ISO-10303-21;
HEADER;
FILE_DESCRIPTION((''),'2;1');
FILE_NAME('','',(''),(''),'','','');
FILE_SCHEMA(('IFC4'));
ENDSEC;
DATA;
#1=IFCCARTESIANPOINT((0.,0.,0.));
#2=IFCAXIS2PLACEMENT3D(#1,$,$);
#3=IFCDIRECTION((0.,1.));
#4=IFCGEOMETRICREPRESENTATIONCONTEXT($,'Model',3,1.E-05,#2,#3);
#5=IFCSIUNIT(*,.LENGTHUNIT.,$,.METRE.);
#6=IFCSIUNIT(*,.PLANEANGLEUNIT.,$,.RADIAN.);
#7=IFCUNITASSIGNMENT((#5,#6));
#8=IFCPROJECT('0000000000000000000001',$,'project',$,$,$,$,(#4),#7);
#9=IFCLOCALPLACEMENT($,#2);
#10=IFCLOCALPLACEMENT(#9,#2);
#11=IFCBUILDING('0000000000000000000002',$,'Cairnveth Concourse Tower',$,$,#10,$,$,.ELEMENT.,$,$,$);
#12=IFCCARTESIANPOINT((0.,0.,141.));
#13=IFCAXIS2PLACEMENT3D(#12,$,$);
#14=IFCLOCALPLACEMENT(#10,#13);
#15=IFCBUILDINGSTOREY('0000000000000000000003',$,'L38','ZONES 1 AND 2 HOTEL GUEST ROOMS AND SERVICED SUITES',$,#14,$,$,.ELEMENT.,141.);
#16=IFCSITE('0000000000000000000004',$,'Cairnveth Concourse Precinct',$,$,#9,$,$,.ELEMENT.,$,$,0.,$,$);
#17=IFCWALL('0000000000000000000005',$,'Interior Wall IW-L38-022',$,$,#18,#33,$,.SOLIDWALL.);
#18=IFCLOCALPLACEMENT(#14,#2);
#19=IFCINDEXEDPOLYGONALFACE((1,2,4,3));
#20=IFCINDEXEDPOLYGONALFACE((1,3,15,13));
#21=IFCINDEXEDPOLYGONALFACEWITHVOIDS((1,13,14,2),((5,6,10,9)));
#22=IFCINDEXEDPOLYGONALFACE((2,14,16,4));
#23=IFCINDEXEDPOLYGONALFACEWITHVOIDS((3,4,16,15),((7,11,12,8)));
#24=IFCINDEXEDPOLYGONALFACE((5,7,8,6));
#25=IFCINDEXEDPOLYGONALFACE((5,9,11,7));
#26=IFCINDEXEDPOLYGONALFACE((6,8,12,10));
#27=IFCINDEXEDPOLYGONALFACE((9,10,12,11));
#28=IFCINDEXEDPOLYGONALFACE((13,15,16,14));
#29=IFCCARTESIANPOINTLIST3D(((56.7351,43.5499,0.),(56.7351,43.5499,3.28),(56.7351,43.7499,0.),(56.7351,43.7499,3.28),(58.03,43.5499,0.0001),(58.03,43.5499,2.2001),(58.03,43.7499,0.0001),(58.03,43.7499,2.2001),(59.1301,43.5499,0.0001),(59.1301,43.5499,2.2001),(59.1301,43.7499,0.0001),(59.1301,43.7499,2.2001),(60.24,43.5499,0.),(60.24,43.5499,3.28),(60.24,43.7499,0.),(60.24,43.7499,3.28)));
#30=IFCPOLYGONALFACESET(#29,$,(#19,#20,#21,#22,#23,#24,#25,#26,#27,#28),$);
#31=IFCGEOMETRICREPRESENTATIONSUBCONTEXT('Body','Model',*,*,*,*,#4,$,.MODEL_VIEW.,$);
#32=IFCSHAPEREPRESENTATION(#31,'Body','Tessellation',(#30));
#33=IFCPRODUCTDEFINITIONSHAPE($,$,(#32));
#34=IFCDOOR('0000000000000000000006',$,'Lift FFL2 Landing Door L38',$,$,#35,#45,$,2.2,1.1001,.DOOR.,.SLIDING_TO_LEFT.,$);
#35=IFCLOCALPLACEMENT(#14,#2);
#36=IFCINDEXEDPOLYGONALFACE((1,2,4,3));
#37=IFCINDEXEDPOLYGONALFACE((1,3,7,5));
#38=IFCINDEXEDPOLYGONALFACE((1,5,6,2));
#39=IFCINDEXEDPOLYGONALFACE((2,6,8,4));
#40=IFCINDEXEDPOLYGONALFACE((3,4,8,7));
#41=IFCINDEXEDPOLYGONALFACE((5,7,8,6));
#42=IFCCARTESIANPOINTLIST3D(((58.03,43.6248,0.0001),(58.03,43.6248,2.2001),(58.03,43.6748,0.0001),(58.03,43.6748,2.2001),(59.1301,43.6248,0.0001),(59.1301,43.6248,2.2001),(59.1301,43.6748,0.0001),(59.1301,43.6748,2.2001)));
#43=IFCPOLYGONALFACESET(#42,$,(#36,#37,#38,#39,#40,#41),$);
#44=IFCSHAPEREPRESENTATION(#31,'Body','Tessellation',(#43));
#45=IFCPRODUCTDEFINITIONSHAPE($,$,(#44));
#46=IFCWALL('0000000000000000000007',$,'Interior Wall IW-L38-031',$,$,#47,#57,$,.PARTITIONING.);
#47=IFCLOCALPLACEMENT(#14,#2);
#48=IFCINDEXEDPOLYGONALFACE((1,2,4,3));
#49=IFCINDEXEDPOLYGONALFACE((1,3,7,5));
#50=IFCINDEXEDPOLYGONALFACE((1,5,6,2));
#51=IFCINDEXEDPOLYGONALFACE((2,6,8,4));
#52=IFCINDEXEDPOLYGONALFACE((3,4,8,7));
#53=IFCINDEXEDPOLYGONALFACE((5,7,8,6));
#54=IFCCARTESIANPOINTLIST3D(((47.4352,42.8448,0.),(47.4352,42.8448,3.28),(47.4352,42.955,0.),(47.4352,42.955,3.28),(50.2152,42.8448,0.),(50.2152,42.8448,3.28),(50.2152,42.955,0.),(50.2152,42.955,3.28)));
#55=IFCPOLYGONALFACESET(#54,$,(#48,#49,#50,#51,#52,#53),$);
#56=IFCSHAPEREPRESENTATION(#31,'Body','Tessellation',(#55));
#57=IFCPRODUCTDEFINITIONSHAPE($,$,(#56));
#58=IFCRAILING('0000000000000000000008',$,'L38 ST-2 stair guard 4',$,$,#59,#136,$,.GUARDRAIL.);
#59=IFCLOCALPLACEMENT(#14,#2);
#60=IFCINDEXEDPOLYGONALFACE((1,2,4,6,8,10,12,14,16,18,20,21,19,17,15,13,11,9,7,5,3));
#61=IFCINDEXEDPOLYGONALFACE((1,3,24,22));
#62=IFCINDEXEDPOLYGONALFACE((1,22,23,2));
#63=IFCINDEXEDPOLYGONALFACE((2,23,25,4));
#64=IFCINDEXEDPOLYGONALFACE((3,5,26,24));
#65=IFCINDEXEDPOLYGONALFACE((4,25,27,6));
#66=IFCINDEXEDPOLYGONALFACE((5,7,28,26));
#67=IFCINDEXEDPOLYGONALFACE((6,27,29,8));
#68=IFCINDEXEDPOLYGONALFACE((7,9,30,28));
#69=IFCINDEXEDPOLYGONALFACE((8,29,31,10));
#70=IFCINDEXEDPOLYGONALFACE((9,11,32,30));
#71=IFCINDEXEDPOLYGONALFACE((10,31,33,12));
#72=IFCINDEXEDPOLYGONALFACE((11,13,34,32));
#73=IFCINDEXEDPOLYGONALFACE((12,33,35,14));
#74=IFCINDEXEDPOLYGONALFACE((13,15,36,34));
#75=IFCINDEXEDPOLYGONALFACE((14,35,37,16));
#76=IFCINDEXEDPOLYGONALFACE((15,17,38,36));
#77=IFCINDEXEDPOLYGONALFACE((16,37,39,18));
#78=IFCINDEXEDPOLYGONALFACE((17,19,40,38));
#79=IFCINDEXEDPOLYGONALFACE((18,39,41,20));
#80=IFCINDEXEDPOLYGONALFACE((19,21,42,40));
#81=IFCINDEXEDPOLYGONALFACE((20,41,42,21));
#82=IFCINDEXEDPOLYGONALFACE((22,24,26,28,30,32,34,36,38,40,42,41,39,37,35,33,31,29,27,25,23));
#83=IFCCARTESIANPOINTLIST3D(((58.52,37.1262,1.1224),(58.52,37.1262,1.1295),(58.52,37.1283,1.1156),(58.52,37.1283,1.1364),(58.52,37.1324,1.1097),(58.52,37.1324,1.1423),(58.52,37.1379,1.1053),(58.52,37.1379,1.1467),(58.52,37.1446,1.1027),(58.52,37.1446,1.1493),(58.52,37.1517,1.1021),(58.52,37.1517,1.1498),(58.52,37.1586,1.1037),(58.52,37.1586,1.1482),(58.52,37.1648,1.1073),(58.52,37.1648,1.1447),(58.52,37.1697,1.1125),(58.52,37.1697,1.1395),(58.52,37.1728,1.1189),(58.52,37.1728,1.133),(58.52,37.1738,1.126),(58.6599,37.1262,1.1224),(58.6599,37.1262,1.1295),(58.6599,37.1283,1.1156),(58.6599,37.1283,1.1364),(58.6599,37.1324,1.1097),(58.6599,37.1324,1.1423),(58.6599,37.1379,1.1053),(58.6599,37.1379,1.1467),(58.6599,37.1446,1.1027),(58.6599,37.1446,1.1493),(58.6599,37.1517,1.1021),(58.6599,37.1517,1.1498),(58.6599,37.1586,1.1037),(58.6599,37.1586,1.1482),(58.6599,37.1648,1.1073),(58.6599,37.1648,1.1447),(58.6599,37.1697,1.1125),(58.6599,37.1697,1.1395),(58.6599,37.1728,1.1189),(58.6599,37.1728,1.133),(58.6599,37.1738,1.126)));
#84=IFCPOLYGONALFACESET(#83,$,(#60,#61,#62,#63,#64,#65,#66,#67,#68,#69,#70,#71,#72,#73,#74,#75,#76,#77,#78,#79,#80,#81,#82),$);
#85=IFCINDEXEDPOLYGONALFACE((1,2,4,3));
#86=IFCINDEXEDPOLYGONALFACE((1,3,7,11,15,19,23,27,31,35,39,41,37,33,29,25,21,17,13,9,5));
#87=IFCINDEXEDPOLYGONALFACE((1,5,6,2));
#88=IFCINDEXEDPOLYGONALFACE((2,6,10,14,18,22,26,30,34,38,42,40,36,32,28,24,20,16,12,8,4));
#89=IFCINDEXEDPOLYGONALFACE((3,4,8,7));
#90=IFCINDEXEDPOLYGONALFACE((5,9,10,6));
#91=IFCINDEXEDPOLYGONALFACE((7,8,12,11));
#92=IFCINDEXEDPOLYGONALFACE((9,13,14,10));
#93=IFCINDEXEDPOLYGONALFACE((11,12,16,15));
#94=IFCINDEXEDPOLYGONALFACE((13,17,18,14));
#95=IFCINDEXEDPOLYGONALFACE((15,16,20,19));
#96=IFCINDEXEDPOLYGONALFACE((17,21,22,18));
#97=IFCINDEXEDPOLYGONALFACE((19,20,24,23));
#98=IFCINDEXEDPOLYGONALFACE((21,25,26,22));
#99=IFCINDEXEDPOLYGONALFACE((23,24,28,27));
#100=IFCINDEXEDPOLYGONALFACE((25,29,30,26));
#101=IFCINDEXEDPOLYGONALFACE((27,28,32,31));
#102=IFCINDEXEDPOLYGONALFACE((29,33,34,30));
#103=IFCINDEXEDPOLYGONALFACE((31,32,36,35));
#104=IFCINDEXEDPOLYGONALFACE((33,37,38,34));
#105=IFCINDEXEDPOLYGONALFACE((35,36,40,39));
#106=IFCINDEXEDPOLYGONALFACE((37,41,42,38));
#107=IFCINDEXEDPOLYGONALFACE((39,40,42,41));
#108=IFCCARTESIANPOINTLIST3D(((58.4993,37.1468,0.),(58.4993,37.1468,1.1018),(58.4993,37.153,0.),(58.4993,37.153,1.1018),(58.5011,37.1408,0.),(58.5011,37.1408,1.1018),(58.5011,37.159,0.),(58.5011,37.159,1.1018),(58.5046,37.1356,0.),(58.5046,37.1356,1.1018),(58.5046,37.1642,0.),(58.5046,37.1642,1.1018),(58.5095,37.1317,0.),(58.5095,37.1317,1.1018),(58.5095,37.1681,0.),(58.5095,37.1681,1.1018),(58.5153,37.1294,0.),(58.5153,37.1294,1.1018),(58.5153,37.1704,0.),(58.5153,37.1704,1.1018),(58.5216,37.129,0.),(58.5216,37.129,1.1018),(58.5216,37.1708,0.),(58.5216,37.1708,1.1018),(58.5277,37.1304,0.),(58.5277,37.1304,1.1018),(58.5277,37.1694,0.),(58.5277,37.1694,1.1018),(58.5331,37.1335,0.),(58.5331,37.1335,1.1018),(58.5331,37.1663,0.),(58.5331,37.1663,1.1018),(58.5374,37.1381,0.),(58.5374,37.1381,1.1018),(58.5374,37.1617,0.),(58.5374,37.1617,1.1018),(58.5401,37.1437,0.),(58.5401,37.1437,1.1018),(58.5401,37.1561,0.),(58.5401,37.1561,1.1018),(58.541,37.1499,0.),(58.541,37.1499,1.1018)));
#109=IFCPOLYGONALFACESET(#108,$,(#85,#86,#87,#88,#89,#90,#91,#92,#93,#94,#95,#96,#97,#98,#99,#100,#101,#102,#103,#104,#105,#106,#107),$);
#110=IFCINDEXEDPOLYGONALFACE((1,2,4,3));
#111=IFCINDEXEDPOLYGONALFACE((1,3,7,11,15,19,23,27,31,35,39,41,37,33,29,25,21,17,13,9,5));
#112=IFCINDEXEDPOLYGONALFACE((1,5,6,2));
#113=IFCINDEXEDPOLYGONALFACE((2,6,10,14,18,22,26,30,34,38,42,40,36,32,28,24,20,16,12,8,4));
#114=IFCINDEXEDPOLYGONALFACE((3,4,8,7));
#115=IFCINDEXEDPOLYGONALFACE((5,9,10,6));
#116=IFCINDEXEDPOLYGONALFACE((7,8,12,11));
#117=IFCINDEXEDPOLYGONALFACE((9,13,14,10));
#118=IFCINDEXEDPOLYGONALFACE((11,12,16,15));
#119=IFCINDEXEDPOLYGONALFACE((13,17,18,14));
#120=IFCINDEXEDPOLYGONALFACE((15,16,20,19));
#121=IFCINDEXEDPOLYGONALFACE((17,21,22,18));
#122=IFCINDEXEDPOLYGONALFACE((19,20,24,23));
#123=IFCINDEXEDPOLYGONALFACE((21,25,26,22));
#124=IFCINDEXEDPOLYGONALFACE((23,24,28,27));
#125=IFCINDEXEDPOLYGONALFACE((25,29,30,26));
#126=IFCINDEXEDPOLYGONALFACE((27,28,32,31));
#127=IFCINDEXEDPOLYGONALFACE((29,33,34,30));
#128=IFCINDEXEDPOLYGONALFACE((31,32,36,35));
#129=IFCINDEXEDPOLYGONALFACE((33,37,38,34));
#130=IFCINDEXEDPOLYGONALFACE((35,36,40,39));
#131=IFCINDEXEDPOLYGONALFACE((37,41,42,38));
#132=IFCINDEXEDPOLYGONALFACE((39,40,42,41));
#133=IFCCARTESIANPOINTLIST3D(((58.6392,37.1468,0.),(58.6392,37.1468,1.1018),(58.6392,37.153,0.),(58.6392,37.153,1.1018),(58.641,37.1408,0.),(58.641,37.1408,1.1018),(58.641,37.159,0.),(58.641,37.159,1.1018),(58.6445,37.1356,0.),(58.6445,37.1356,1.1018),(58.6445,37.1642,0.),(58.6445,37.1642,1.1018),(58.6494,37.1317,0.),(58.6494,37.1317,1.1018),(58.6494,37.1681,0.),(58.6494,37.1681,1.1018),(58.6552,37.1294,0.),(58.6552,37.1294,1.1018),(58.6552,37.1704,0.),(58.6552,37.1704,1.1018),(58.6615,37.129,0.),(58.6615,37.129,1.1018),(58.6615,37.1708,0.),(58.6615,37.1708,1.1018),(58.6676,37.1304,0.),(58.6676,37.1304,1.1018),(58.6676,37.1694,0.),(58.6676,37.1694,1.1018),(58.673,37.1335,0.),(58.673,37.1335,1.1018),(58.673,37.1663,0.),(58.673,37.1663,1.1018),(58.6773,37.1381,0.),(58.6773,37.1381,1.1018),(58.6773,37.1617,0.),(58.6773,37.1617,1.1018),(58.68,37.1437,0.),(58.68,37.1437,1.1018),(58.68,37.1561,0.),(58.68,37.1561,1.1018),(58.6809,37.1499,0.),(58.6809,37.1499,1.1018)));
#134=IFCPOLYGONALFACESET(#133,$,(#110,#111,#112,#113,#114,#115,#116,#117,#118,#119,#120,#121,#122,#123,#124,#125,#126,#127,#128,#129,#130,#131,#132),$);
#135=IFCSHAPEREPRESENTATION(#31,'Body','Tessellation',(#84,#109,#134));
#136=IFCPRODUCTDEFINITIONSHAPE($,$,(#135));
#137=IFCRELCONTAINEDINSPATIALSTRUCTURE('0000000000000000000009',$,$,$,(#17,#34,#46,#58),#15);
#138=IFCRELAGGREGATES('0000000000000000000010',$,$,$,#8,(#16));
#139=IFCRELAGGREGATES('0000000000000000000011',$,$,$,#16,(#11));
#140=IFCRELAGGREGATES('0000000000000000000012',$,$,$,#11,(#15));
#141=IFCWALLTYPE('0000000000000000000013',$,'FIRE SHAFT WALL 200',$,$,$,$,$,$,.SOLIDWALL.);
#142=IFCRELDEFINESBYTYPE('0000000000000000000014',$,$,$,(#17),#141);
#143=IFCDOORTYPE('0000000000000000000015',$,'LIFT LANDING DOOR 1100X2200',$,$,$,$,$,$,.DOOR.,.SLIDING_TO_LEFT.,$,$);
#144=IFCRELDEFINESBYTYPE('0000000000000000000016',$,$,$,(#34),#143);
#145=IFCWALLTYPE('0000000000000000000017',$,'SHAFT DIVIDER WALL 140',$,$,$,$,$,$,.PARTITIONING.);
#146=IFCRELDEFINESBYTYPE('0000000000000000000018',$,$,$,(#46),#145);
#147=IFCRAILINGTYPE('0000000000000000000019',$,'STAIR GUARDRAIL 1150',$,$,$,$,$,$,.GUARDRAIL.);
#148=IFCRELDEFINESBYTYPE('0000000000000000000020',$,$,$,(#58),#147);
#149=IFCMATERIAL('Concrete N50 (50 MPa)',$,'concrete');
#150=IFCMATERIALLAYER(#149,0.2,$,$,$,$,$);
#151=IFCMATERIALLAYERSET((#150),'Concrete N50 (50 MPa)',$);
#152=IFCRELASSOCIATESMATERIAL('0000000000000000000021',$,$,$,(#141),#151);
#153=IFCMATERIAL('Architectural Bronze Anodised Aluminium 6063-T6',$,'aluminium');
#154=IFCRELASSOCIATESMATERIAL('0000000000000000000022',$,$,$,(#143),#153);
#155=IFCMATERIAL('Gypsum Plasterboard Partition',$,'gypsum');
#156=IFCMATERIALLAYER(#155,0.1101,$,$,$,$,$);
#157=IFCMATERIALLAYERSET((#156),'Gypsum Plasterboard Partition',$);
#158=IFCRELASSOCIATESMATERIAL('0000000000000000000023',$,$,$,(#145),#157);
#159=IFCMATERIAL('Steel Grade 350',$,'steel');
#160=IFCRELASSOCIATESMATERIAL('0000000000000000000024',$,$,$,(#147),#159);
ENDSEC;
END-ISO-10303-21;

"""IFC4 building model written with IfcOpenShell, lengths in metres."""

from ifc_helpers import new_model, si_unit, direction, frame, frame_2d, origin, origin_2d, place, context, subcontext, project, spatial, rectangle, circle, extrude, material, layer, layer_set, type_object, element, fill, save


model = new_model("IFC4")

# Units and contexts
model_context = context("Model", 3, precision=1e-05, world=origin(), true_north=direction((0.0, 1.0)))
body_context = subcontext(model_context, "Body", "Model", "MODEL_VIEW")
ifc_project = project(units=[si_unit("LENGTHUNIT", "METRE"), si_unit("PLANEANGLEUNIT", "RADIAN")], contexts=[model_context])

# Site, building, storey
site_placement = place(None, origin())
site = spatial("IfcSite", under=ifc_project, at=site_placement, Name="Cairnveth Concourse Precinct", CompositionType="ELEMENT", RefElevation=0.0)
building_placement = place(site_placement, origin())
building = spatial("IfcBuilding", under=site, at=building_placement, Name="Cairnveth Concourse Tower", CompositionType="ELEMENT")
storey_placement = place(building_placement, frame((0.0, 0.0, 141.0)))
storey = spatial("IfcBuildingStorey", under=building, at=storey_placement, Name="L38", Description="ZONES 1 AND 2 HOTEL GUEST ROOMS AND SERVICED SUITES", CompositionType="ELEMENT", Elevation=141.0)

# Shared definitions
ifc_material_1 = material(Name="Concrete N50 (50 MPa)", Category="concrete")

# Shared definitions
ifc_material_2 = material(Name="Steel Grade 350", Category="steel")

# Shared definitions
ifc_layer_1 = layer(ifc_material_1, 0.2)
ifc_layer_set_1 = layer_set([ifc_layer_1], Name="Concrete N50 (50 MPa)")
wall_type_1 = type_object("IfcWallType", Name="FIRE SHAFT WALL 200", PredefinedType="SOLIDWALL", material=ifc_layer_set_1)

# Wall, opening, door
wall_1_placement = place(storey_placement, frame((56.7351, 43.6499, 0.0), z_axis=(0.0, 0.0, 1.0), x_axis=(1.0, 0.0, 0.0)))
wall_1 = element("IfcWall", 1, at=wall_1_placement, inside=storey, type_object=wall_type_1, Name="Interior Wall IW-L38-022", PredefinedType="SOLIDWALL", context=body_context, shape_type="SweptSolid", body=[
    extrude(rectangle(XDim=3.5049, YDim=0.2, at=frame_2d((1.7524, 0.0))), origin(), (0.0, 0.0, 1.0), 3.28),
])
opening_1_placement = place(wall_1_placement, frame((1.2949, 0.0, 0.0)))
opening_1 = element("IfcOpeningElement", 2, at=opening_1_placement, cuts=wall_1, PredefinedType="OPENING", context=body_context, shape_type="SweptSolid", body=[
    extrude(rectangle(XDim=1.1001, YDim=2.2, at=frame_2d((0.55, 1.1001))), frame((0.0, 0.1099, 0.0), z_axis=(0.0, -1.0, 0.0), x_axis=(1.0, 0.0, 0.0)), (0.0, 0.0, 1.0), 0.22),
])
ifc_material_3 = material(Name="Architectural Bronze Anodised Aluminium 6063-T6", Category="aluminium")
door_type_1 = type_object("IfcDoorType", Name="LIFT LANDING DOOR 1100X2200", OperationType="SLIDING_TO_LEFT", PredefinedType="DOOR", material=ifc_material_3)
door_1_placement = place(opening_1_placement, origin())
door_1 = element("IfcDoor", 3, at=door_1_placement, inside=storey, type_object=door_type_1, Name="Lift FFL2 Landing Door L38", OperationType="SLIDING_TO_LEFT", OverallHeight=2.2, OverallWidth=1.1001, PredefinedType="DOOR", context=body_context, shape_type="SweptSolid", body=[
    extrude(rectangle(XDim=1.1001, YDim=2.2, at=frame_2d((0.55, 1.1001))), frame((0.0, 0.0249, 0.0), z_axis=(0.0, -1.0, 0.0), x_axis=(1.0, 0.0, 0.0)), (0.0, 0.0, 1.0), 0.05),
])
fill(opening_1, door_1)

# Wall
ifc_material_4 = material(Name="Gypsum Plasterboard Partition", Category="gypsum")
ifc_layer_2 = layer(ifc_material_4, 0.1101)
ifc_layer_set_2 = layer_set([ifc_layer_2], Name="Gypsum Plasterboard Partition")
wall_type_2 = type_object("IfcWallType", Name="SHAFT DIVIDER WALL 140", PredefinedType="PARTITIONING", material=ifc_layer_set_2)
wall_2_placement = place(storey_placement, frame((47.4351, 42.8999, 0.0), z_axis=(0.0, 0.0, 1.0), x_axis=(1.0, 0.0, 0.0)))
element("IfcWall", 4, at=wall_2_placement, inside=storey, type_object=wall_type_2, Name="Interior Wall IW-L38-031", PredefinedType="PARTITIONING", context=body_context, shape_type="SweptSolid", body=[
    extrude(rectangle(XDim=2.78, YDim=0.1101, at=frame_2d((1.3901, 0.0))), origin(), (0.0, 0.0, 1.0), 3.28),
])

# Railing
railing_type = type_object("IfcRailingType", Name="STAIR GUARDRAIL 1150", PredefinedType="GUARDRAIL", material=ifc_material_2)
railing_placement = place(storey_placement, frame((58.52, 37.1499, 0.0)))
element("IfcRailing", 5, at=railing_placement, inside=storey, type_object=railing_type, Name="L38 ST-2 stair guard 4", PredefinedType="GUARDRAIL", context=body_context, shape_type="SweptSolid", body=[
    extrude(circle(Radius=0.0239, at=origin_2d()), frame((0.0, 0.0, 1.126), z_axis=(1.0, 0.0, 0.0), x_axis=(0.0, 1.0, 0.0)), (0.0, 0.0, 1.0), 0.1399),
    extrude(circle(Radius=0.021, at=origin_2d()), origin(), (0.0, 0.0, 1.0), 1.1018),
    extrude(circle(Radius=0.021, at=origin_2d()), frame((0.1399, 0.0, 0.0)), (0.0, 0.0, 1.0), 1.1018),
])

save(model, "model.ifc")
